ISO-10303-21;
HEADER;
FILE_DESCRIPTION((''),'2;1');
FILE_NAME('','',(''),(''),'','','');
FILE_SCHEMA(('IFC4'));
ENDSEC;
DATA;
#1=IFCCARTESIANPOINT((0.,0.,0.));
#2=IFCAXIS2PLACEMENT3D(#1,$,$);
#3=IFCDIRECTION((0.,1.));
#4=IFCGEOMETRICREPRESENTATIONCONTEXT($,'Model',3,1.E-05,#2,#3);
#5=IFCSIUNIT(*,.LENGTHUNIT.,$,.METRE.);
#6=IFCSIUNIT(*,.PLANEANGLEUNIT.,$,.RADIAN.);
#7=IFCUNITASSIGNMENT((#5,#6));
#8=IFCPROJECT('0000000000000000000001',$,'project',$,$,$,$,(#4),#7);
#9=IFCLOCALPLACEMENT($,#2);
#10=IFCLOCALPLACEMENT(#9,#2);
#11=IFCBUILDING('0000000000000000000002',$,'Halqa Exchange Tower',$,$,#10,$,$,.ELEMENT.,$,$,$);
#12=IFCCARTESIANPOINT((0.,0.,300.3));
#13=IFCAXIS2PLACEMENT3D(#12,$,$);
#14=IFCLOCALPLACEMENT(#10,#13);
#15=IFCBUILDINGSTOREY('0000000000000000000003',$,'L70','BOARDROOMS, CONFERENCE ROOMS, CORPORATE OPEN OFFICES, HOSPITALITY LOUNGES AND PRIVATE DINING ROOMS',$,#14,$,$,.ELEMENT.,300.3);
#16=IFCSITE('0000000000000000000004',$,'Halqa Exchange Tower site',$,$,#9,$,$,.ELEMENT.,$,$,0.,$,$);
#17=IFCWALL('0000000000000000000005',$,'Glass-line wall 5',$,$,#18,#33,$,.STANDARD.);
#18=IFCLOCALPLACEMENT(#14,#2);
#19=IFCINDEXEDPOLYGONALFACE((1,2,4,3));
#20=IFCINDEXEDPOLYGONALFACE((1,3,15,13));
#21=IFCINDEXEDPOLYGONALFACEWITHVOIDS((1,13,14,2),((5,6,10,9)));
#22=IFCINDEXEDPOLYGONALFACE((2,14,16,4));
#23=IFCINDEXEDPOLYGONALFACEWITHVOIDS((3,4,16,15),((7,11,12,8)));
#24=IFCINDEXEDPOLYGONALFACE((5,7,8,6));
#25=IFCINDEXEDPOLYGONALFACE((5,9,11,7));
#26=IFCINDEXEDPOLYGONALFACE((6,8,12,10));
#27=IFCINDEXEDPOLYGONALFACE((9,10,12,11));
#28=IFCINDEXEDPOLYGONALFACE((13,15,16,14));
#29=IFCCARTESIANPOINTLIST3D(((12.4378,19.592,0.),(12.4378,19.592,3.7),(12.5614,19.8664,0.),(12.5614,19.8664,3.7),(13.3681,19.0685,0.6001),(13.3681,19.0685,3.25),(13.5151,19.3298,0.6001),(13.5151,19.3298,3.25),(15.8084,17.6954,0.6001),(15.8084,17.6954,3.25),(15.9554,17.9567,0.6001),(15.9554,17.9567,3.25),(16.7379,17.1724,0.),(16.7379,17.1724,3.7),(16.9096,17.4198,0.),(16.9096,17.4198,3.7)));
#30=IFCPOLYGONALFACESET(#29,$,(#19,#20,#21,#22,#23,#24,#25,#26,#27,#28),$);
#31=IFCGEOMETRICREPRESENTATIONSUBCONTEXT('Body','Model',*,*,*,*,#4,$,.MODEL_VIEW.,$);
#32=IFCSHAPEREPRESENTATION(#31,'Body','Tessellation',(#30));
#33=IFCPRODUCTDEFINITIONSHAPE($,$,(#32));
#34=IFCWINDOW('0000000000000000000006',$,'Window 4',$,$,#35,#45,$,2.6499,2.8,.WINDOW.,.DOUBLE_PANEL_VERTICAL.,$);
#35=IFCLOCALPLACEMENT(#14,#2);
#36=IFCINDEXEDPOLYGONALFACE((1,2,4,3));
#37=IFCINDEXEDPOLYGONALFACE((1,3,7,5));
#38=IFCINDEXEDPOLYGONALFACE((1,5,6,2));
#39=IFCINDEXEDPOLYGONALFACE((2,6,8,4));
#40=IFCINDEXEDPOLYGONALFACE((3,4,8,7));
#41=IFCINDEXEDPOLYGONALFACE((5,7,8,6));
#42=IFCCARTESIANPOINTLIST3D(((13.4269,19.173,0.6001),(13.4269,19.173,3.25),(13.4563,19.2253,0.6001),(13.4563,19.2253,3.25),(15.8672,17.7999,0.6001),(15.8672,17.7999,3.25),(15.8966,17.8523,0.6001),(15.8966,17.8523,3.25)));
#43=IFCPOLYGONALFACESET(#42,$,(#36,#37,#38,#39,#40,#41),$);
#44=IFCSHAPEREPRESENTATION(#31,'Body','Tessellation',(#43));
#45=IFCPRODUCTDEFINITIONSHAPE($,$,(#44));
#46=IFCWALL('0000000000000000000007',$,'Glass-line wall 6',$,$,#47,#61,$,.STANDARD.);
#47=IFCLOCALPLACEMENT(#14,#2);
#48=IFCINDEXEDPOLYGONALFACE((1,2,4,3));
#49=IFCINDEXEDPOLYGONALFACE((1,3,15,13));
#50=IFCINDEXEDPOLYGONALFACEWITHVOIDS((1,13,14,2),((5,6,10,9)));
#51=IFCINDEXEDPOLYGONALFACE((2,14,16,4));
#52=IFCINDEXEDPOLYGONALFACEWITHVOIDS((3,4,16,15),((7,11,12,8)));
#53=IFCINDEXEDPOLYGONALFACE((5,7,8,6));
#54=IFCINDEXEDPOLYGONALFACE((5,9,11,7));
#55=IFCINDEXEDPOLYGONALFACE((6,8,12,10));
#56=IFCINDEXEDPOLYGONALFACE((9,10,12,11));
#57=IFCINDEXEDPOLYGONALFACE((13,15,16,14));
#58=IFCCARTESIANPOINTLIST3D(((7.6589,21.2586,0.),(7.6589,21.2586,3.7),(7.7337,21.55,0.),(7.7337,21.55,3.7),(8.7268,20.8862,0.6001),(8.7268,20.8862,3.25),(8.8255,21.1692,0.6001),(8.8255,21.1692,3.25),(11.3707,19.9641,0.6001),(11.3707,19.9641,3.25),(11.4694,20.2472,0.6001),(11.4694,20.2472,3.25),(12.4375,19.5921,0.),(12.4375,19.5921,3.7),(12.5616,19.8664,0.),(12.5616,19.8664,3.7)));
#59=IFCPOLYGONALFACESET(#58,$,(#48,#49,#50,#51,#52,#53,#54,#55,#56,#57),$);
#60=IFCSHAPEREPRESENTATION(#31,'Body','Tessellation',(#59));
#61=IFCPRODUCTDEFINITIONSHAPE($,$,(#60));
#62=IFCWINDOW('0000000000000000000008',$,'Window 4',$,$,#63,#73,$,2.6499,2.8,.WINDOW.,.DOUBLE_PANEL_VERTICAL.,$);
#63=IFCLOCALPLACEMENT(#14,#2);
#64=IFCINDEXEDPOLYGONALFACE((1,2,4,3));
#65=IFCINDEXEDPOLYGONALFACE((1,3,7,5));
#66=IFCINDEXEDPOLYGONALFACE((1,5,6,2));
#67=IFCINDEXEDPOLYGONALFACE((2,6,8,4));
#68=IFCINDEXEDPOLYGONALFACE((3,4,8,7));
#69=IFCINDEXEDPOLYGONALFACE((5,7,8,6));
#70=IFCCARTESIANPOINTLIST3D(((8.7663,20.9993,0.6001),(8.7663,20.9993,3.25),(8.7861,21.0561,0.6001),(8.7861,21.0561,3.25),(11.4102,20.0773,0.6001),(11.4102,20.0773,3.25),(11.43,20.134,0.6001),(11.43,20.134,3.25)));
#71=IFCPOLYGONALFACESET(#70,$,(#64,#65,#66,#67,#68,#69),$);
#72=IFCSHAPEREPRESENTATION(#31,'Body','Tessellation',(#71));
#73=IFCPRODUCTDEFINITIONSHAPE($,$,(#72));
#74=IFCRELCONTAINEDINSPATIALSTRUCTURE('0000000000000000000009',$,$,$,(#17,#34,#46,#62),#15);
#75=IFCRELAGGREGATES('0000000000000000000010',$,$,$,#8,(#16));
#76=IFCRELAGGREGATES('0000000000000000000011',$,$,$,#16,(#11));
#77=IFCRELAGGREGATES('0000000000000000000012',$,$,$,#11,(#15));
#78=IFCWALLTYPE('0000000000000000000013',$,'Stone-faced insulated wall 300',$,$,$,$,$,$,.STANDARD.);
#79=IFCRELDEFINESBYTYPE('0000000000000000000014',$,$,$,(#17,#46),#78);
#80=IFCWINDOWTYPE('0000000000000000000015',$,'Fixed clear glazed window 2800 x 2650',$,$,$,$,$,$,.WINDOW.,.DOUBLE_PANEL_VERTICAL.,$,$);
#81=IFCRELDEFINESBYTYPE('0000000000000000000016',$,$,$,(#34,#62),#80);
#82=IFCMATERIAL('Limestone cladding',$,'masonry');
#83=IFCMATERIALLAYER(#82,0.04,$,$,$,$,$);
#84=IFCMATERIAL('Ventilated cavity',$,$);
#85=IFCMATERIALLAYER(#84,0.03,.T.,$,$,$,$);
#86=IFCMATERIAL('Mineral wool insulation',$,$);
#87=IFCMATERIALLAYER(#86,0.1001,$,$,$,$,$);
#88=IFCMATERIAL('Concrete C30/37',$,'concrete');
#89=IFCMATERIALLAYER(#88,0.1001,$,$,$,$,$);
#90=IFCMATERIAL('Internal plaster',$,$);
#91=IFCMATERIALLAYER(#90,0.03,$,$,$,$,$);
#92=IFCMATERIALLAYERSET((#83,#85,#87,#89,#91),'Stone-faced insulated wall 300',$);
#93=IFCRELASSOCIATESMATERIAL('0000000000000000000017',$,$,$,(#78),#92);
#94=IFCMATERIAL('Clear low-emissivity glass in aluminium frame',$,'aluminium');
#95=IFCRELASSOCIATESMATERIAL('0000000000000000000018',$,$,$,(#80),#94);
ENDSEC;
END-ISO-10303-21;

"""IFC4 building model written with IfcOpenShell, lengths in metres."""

from ifc_helpers import new_model, si_unit, direction, frame, frame_2d, origin, place, context, subcontext, project, spatial, polyline, rectangle, outline, extrude, material, layer, layer_set, type_object, element, fill, save


model = new_model("IFC4")

# Units and contexts
model_context = context("Model", 3, precision=1e-05, world=origin(), true_north=direction((0.0, 1.0)))
body_context = subcontext(model_context, "Body", "Model", "MODEL_VIEW")
ifc_project = project(units=[si_unit("LENGTHUNIT", "METRE"), si_unit("PLANEANGLEUNIT", "RADIAN")], contexts=[model_context])

# Site, building, storey
site_placement = place(None, origin())
site = spatial("IfcSite", under=ifc_project, at=site_placement, Name="Halqa Exchange Tower site", CompositionType="ELEMENT", RefElevation=0.0)
building_placement = place(site_placement, origin())
building = spatial("IfcBuilding", under=site, at=building_placement, Name="Halqa Exchange Tower", CompositionType="ELEMENT")
storey_placement = place(building_placement, frame((0.0, 0.0, 300.3)))
storey = spatial("IfcBuildingStorey", under=building, at=storey_placement, Name="L70", Description="BOARDROOMS, CONFERENCE ROOMS, CORPORATE OPEN OFFICES, HOSPITALITY LOUNGES AND PRIVATE DINING ROOMS", CompositionType="ELEMENT", Elevation=300.3)

# Shared definitions
ifc_material_1 = material(Name="Limestone cladding", Category="masonry")
ifc_layer_1 = layer(ifc_material_1, 0.04)
ifc_material_2 = material(Name="Ventilated cavity")
ifc_layer_2 = layer(ifc_material_2, 0.03, ventilated=True)
ifc_material_3 = material(Name="Mineral wool insulation")
ifc_layer_3 = layer(ifc_material_3, 0.1001)
ifc_material_4 = material(Name="Concrete C30/37", Category="concrete")
ifc_layer_4 = layer(ifc_material_4, 0.1001)
ifc_material_5 = material(Name="Internal plaster")
ifc_layer_5 = layer(ifc_material_5, 0.03)
ifc_layer_set = layer_set([ifc_layer_1, ifc_layer_2, ifc_layer_3, ifc_layer_4, ifc_layer_5], Name="Stone-faced insulated wall 300")
wall_type = type_object("IfcWallType", Name="Stone-faced insulated wall 300", PredefinedType="STANDARD", material=ifc_layer_set)
ifc_material_6 = material(Name="Clear low-emissivity glass in aluminium frame", Category="aluminium")

# Walls, openings, windows
wall_1_placement = place(storey_placement, frame((16.8237, 17.2961, 0.0), z_axis=(0.0, 0.0, 1.0), x_axis=(-0.871512, 0.490373, 0.0)))
wall_1 = element("IfcWall", 1, at=wall_1_placement, inside=storey, type_object=wall_type, Name="Glass-line wall 5", PredefinedType="STANDARD", context=body_context, shape_type="SweptSolid", body=[
    extrude(outline(polyline([(-0.0142, -0.1499), (4.9751, -0.1499), (4.9482, 0.1499), (0.0142, 0.1499), (-0.0142, -0.1499)])), origin(), (0.0, 0.0, 1.0), 3.7),
])
opening_1_placement = place(wall_1_placement, frame((1.0808, 0.0, 0.6001)))
opening_1 = element("IfcOpeningElement", 2, at=opening_1_placement, cuts=wall_1, PredefinedType="OPENING", context=body_context, shape_type="SweptSolid", body=[
    extrude(rectangle(XDim=2.8, YDim=2.6499, at=frame_2d((1.3999, 1.325))), frame((0.0, 0.1621, 0.0), z_axis=(0.0, -1.0, 0.0), x_axis=(1.0, 0.0, 0.0)), (0.0, 0.0, 1.0), 0.324),
])
window_type = type_object("IfcWindowType", Name="Fixed clear glazed window 2800 x 2650", PartitioningType="DOUBLE_PANEL_VERTICAL", PredefinedType="WINDOW", material=ifc_material_6)
window_1_placement = place(opening_1_placement, origin())
window_1 = element("IfcWindow", 3, at=window_1_placement, inside=storey, type_object=window_type, Name="Window 4", OverallHeight=2.6499, OverallWidth=2.8, PartitioningType="DOUBLE_PANEL_VERTICAL", PredefinedType="WINDOW", context=body_context, shape_type="SweptSolid", body=[
    extrude(rectangle(XDim=2.8, YDim=2.6499, at=frame_2d((1.3999, 1.325))), frame((0.0, 0.03, 0.0), z_axis=(0.0, -1.0, 0.0), x_axis=(1.0, 0.0, 0.0)), (0.0, 0.0, 1.0), 0.0601),
])
fill(opening_1, window_1)
wall_2_placement = place(storey_placement, frame((12.4995, 19.7292, 0.0), z_axis=(0.0, 0.0, 1.0), x_axis=(-0.94423, 0.329286, 0.0)))
wall_2 = element("IfcWall", 4, at=wall_2_placement, inside=storey, type_object=wall_type, Name="Glass-line wall 6", PredefinedType="STANDARD", context=body_context, shape_type="SweptSolid", body=[
    extrude(outline(polyline([(-0.0134, -0.1499), (5.0996, -0.1499), (5.0742, 0.1499), (0.0134, 0.1499), (-0.0134, -0.1499)])), origin(), (0.0, 0.0, 1.0), 3.7),
])
opening_2_placement = place(wall_2_placement, frame((1.1433, 0.0, 0.6001)))
opening_2 = element("IfcOpeningElement", 5, at=opening_2_placement, cuts=wall_2, PredefinedType="OPENING", context=body_context, shape_type="SweptSolid", body=[
    extrude(rectangle(XDim=2.8, YDim=2.6499, at=frame_2d((1.3999, 1.325))), frame((0.0, 0.1621, 0.0), z_axis=(0.0, -1.0, 0.0), x_axis=(1.0, 0.0, 0.0)), (0.0, 0.0, 1.0), 0.324),
])
window_2_placement = place(opening_2_placement, origin())
window_2 = element("IfcWindow", 6, at=window_2_placement, inside=storey, type_object=window_type, Name="Window 4", OverallHeight=2.6499, OverallWidth=2.8, PartitioningType="DOUBLE_PANEL_VERTICAL", PredefinedType="WINDOW", context=body_context, shape_type="SweptSolid", body=[
    extrude(rectangle(XDim=2.8, YDim=2.6499, at=frame_2d((1.3999, 1.325))), frame((0.0, 0.03, 0.0), z_axis=(0.0, -1.0, 0.0), x_axis=(1.0, 0.0, 0.0)), (0.0, 0.0, 1.0), 0.0601),
])
fill(opening_2, window_2)

save(model, "model.ifc")
